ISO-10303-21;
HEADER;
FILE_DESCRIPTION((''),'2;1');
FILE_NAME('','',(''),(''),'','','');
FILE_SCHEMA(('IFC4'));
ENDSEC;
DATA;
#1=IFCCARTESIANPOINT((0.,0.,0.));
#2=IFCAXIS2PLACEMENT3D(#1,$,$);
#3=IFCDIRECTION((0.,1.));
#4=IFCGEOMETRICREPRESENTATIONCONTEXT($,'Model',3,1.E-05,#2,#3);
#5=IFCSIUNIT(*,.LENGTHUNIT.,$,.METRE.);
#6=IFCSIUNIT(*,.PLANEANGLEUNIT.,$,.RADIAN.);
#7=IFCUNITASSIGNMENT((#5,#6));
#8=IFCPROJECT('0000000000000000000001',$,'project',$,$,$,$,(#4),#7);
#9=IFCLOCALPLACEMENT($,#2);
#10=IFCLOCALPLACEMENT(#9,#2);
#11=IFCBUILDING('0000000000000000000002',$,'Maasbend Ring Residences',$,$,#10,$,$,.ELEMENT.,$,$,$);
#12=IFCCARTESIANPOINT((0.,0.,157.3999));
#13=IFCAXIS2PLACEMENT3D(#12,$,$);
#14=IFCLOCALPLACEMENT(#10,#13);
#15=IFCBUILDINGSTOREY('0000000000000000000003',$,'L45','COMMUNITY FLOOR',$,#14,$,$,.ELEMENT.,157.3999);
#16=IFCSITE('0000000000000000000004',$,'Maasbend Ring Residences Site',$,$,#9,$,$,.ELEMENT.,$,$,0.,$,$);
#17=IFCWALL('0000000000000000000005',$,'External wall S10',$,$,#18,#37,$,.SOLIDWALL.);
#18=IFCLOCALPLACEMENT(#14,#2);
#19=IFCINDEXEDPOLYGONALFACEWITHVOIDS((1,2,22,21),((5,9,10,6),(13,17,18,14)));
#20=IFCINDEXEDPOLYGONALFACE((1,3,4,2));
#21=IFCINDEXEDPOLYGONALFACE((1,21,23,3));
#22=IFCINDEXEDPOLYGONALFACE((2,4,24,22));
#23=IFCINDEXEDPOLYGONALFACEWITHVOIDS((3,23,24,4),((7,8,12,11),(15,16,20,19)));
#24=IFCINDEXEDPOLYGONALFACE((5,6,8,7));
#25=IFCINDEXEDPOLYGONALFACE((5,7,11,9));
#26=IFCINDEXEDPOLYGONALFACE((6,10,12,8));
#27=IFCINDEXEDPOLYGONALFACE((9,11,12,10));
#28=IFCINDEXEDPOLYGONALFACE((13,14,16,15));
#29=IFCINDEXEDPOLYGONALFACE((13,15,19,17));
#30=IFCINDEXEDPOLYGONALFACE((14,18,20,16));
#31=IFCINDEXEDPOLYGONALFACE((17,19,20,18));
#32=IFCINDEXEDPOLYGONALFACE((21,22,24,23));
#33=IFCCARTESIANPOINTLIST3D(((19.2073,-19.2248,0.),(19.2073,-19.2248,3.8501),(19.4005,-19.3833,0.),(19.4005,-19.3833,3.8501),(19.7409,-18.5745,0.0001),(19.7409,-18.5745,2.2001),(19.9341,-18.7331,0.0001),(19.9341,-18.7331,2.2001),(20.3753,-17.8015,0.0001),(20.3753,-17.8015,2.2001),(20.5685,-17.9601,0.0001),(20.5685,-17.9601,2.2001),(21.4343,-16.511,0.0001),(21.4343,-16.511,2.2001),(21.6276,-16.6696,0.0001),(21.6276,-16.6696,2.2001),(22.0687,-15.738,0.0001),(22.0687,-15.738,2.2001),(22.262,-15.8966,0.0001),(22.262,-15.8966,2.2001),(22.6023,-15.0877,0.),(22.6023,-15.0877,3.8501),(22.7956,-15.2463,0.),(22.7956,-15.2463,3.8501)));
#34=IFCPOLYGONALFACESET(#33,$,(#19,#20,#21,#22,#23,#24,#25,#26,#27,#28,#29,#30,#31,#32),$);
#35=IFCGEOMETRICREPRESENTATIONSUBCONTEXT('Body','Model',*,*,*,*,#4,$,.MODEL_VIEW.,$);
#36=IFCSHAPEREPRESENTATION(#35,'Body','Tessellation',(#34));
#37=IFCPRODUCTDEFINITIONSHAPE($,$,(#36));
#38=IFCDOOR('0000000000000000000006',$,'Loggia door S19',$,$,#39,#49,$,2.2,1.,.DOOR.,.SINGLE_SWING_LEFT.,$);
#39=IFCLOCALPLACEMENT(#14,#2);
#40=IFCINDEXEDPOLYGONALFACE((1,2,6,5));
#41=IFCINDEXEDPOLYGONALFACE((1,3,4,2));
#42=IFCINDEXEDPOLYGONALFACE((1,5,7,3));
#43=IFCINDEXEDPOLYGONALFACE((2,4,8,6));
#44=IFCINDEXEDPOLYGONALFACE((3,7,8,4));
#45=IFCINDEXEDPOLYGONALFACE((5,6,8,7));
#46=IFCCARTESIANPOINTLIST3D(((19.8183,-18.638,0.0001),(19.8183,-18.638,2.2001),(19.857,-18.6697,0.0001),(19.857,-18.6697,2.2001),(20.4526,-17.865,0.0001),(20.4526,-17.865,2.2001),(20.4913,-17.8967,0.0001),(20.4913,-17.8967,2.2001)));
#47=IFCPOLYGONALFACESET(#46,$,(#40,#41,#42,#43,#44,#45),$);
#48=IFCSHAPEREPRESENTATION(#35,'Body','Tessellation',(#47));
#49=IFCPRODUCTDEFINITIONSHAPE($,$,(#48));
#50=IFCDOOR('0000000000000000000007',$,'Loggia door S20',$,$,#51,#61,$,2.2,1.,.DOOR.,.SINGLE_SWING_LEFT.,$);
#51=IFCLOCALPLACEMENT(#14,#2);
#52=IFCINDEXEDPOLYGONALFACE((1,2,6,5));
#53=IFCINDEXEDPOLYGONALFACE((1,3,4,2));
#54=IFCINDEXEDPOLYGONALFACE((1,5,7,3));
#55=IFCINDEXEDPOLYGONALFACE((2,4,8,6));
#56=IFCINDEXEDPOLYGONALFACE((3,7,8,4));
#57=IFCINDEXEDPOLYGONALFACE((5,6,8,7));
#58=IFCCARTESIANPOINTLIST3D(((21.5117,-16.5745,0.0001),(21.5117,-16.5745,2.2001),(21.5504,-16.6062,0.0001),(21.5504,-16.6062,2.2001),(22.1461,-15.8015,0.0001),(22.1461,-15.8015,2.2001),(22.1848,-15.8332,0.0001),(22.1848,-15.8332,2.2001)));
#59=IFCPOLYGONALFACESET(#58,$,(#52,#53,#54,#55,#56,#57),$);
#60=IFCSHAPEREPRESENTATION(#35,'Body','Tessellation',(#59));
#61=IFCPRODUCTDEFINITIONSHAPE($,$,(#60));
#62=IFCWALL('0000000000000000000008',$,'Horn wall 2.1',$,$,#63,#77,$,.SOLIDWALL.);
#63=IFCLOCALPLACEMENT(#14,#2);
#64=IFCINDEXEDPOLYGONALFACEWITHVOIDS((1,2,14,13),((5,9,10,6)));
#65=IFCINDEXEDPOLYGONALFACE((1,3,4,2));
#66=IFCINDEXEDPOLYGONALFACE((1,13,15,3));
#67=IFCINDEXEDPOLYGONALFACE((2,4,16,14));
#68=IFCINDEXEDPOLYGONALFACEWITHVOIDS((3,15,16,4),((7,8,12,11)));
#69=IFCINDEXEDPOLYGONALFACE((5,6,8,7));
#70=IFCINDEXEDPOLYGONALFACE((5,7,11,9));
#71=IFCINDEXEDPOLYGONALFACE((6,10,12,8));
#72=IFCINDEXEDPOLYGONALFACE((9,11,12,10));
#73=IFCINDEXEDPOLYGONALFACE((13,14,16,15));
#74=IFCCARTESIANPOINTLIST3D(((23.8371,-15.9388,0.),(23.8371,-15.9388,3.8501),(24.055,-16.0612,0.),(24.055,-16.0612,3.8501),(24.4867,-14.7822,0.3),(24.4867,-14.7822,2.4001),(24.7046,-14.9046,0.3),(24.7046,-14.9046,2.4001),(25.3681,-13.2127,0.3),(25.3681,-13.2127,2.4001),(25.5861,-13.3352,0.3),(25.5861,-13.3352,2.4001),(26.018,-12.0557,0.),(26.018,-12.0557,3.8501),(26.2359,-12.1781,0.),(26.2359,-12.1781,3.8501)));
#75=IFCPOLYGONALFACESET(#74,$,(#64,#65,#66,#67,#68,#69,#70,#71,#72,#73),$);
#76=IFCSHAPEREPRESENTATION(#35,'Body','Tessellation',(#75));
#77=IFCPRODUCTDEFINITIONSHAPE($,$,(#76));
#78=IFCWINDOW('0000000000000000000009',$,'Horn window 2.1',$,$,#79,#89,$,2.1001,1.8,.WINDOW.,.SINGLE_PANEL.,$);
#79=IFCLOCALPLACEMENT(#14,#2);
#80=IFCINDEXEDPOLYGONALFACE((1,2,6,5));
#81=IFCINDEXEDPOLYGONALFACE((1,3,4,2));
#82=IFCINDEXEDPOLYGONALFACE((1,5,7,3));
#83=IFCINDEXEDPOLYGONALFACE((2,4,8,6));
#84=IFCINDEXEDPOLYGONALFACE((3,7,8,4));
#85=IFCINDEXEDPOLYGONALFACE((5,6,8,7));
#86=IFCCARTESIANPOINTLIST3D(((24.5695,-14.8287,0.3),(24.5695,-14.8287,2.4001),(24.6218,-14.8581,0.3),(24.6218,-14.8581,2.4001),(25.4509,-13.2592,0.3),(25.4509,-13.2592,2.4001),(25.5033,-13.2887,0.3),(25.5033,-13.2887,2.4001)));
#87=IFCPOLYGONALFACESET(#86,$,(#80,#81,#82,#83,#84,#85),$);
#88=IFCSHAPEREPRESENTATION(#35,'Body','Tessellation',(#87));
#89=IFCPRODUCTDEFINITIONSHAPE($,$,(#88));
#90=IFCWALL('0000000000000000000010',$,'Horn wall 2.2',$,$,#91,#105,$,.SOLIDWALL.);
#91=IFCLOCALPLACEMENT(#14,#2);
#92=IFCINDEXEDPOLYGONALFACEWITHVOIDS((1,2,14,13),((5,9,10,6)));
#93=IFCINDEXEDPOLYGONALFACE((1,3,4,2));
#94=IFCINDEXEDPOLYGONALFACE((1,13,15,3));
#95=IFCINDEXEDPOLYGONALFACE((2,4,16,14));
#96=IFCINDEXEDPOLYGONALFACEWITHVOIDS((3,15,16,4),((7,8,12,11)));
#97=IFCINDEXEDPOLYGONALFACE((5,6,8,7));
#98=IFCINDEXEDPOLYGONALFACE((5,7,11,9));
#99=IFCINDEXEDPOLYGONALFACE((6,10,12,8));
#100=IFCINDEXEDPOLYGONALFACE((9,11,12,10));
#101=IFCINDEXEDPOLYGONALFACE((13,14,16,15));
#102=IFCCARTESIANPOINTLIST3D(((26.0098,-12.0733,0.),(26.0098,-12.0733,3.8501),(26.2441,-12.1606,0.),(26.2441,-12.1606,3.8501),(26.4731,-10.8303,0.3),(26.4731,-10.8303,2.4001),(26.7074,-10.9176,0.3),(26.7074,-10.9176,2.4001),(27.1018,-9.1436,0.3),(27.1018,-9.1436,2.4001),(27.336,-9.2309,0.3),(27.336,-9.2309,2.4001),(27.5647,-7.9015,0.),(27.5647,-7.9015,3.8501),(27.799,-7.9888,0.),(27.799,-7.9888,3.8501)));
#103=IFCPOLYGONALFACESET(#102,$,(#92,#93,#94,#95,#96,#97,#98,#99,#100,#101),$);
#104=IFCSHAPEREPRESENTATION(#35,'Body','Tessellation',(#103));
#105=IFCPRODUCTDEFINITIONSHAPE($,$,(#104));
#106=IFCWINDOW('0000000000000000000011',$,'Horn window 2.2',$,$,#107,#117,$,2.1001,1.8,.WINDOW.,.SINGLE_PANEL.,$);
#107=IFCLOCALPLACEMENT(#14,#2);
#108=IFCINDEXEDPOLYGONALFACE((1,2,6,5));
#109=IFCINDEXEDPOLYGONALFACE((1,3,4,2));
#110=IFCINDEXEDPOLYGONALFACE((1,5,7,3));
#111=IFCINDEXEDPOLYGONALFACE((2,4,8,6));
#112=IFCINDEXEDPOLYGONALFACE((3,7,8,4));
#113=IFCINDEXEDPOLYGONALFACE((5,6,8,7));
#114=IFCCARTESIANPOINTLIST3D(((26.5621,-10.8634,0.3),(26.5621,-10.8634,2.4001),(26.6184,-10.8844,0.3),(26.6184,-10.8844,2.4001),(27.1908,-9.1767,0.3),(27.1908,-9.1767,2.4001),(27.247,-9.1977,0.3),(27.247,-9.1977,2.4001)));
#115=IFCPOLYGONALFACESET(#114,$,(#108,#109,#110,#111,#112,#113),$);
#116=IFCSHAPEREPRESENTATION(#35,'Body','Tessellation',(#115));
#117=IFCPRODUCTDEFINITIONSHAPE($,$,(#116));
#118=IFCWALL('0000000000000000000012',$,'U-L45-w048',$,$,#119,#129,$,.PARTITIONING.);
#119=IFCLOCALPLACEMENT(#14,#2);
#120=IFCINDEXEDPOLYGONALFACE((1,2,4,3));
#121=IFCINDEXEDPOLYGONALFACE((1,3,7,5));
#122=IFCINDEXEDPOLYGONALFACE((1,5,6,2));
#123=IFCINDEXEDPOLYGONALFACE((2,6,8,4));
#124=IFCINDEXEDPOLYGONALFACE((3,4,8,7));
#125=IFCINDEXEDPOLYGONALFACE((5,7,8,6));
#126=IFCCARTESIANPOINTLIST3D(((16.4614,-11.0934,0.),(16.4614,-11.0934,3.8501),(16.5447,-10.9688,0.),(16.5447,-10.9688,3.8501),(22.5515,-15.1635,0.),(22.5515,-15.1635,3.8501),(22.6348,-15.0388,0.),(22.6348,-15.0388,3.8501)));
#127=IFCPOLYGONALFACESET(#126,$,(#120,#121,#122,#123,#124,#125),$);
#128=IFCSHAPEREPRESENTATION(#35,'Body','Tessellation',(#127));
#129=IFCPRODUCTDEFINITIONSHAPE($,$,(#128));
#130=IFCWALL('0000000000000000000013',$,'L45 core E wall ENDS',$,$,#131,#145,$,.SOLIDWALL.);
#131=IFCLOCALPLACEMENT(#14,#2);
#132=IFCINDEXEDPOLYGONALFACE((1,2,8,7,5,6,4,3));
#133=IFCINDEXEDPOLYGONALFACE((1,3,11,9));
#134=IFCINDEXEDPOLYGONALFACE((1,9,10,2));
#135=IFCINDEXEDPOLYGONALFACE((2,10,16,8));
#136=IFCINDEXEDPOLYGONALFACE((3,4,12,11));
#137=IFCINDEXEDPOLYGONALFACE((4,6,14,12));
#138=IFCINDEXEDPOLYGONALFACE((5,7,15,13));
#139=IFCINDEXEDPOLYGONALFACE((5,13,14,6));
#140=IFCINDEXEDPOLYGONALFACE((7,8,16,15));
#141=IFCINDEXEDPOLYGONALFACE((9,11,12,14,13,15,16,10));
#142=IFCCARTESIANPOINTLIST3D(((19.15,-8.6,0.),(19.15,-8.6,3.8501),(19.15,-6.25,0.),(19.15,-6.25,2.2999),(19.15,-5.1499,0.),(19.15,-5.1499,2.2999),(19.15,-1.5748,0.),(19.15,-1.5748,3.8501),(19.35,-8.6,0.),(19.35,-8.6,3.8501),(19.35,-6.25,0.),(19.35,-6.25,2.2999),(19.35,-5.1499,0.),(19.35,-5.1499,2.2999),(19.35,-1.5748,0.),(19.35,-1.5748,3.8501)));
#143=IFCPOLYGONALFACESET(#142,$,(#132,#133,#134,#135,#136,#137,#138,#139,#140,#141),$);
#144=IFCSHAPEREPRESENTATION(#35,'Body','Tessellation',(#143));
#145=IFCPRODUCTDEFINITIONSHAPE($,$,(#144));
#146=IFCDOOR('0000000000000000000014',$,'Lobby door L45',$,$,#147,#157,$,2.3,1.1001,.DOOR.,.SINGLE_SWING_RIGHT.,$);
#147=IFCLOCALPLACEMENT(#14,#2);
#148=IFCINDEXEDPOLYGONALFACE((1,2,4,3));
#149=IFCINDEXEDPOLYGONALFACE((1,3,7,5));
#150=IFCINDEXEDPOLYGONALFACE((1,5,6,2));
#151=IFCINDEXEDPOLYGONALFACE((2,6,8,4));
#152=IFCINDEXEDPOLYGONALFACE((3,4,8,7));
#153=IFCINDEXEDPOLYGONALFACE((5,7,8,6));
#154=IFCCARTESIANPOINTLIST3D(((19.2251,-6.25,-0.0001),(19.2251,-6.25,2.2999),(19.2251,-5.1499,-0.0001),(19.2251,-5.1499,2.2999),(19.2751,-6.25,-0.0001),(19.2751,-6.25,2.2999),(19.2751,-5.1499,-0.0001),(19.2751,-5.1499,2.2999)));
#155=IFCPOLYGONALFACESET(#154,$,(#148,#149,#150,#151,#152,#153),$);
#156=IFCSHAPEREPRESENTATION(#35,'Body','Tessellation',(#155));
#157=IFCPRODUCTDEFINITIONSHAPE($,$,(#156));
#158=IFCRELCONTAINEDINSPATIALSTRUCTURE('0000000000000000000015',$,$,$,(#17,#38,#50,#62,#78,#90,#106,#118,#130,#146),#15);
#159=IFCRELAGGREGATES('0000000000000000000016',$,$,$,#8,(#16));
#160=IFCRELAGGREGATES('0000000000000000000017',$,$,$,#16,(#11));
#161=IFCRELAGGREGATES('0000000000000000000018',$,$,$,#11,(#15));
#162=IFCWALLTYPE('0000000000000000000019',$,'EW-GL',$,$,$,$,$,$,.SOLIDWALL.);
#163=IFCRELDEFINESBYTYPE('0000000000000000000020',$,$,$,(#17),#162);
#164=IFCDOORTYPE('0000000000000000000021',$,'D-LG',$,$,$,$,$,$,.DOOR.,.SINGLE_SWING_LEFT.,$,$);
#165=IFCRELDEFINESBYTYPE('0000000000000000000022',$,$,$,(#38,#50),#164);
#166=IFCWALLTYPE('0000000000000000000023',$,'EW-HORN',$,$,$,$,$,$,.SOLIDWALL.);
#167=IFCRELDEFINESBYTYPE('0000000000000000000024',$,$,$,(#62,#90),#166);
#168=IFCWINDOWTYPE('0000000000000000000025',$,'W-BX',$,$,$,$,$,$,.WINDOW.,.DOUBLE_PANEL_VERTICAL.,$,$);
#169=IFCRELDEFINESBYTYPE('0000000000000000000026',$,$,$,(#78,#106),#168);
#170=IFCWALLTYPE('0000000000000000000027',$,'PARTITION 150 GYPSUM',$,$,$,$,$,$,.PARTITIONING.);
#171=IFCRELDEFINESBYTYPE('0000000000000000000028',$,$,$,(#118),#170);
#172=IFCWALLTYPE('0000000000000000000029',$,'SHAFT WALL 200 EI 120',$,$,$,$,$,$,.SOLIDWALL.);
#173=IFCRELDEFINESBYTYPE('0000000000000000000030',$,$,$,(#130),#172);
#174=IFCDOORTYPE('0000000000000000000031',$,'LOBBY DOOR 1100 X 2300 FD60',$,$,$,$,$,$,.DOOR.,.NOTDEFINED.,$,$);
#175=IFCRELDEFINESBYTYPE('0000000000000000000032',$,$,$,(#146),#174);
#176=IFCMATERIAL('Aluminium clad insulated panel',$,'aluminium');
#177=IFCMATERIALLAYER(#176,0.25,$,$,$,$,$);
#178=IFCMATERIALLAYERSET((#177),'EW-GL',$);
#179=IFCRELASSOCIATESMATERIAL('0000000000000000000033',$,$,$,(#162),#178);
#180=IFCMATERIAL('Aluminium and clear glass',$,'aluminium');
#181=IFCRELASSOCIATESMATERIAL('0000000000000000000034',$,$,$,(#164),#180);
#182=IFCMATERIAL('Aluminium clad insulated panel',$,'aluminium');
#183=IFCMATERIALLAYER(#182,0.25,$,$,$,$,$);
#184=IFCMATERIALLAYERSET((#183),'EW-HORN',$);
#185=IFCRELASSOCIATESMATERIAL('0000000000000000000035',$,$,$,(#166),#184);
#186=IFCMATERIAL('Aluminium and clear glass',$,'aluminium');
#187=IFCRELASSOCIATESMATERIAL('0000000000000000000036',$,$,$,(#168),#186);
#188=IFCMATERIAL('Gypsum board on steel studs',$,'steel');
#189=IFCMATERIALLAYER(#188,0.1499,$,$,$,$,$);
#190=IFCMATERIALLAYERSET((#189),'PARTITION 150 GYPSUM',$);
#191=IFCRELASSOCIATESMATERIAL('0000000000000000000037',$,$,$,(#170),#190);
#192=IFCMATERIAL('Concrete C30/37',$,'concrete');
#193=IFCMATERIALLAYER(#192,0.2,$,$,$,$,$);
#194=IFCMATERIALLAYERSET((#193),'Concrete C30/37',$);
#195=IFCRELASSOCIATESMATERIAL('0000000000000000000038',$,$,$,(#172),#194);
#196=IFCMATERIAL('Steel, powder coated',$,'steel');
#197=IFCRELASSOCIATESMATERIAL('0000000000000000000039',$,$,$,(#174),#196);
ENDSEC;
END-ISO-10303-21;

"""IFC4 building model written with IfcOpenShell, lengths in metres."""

from ifc_helpers import new_model, si_unit, direction, frame, frame_2d, origin, place, context, subcontext, project, spatial, rectangle, extrude, material, layer, layer_set, type_object, element, fill, save


model = new_model("IFC4")

# Units and contexts
model_context = context("Model", 3, precision=1e-05, world=origin(), true_north=direction((0.0, 1.0)))
body_context = subcontext(model_context, "Body", "Model", "MODEL_VIEW")
ifc_project = project(units=[si_unit("LENGTHUNIT", "METRE"), si_unit("PLANEANGLEUNIT", "RADIAN")], contexts=[model_context])

# Site, building, storey
site_placement = place(None, origin())
site = spatial("IfcSite", under=ifc_project, at=site_placement, Name="Maasbend Ring Residences Site", CompositionType="ELEMENT", RefElevation=0.0)
building_placement = place(site_placement, origin())
building = spatial("IfcBuilding", under=site, at=building_placement, Name="Maasbend Ring Residences", CompositionType="ELEMENT")
storey_placement = place(building_placement, frame((0.0, 0.0, 157.3999)))
storey = spatial("IfcBuildingStorey", under=building, at=storey_placement, Name="L45", Description="COMMUNITY FLOOR", CompositionType="ELEMENT", Elevation=157.3999)

# Wall, openings, doors
ifc_material_1 = material(Name="Aluminium clad insulated panel", Category="aluminium")
ifc_layer_1 = layer(ifc_material_1, 0.25)
ifc_layer_set_1 = layer_set([ifc_layer_1], Name="EW-GL")
wall_type_1 = type_object("IfcWallType", Name="EW-GL", PredefinedType="SOLIDWALL", material=ifc_layer_set_1)
ifc_material_2 = material(Name="Aluminium and clear glass", Category="aluminium")
door_type_1 = type_object("IfcDoorType", Name="D-LG", OperationType="SINGLE_SWING_LEFT", PredefinedType="DOOR", material=ifc_material_2)
wall_1_placement = place(storey_placement, frame((19.304, -19.304, 0.0), z_axis=(0.0, 0.0, 1.0), x_axis=(0.634382, 0.773019, 0.0)))
wall_1 = element("IfcWall", 1, at=wall_1_placement, inside=storey, type_object=wall_type_1, Name="External wall S10", PredefinedType="SOLIDWALL", context=body_context, shape_type="SweptSolid", body=[
    extrude(rectangle(XDim=5.3518, YDim=0.25, at=frame_2d((2.6758, 0.0))), origin(), (0.0, 0.0, 1.0), 3.8501),
])
opening_1_placement = place(wall_1_placement, frame((0.8411, 0.0, 0.0)))
opening_1 = element("IfcOpeningElement", 2, at=opening_1_placement, cuts=wall_1, PredefinedType="OPENING", context=body_context, shape_type="SweptSolid", body=[
    extrude(rectangle(XDim=1.0, YDim=2.2, at=frame_2d((0.5, 1.1001))), frame((0.0, 0.135, 0.0), z_axis=(0.0, -1.0, 0.0), x_axis=(1.0, 0.0, 0.0)), (0.0, 0.0, 1.0), 0.27),
])
opening_2_placement = place(wall_1_placement, frame((3.5105, 0.0, 0.0)))
opening_2 = element("IfcOpeningElement", 3, at=opening_2_placement, cuts=wall_1, PredefinedType="OPENING", context=body_context, shape_type="SweptSolid", body=[
    extrude(rectangle(XDim=1.0, YDim=2.2, at=frame_2d((0.5, 1.1001))), frame((0.0, 0.135, 0.0), z_axis=(0.0, -1.0, 0.0), x_axis=(1.0, 0.0, 0.0)), (0.0, 0.0, 1.0), 0.27),
])
door_1_placement = place(opening_1_placement, origin())
door_1 = element("IfcDoor", 4, at=door_1_placement, inside=storey, type_object=door_type_1, Name="Loggia door S19", OperationType="SINGLE_SWING_LEFT", OverallHeight=2.2, OverallWidth=1.0, PredefinedType="DOOR", context=body_context, shape_type="SweptSolid", body=[
    extrude(rectangle(XDim=1.0, YDim=2.2, at=frame_2d((0.5, 1.1001))), frame((0.0, 0.0249, 0.0), z_axis=(0.0, -1.0, 0.0), x_axis=(1.0, 0.0, 0.0)), (0.0, 0.0, 1.0), 0.05),
])
fill(opening_1, door_1)
door_2_placement = place(opening_2_placement, origin())
door_2 = element("IfcDoor", 5, at=door_2_placement, inside=storey, type_object=door_type_1, Name="Loggia door S20", OperationType="SINGLE_SWING_LEFT", OverallHeight=2.2, OverallWidth=1.0, PredefinedType="DOOR", context=body_context, shape_type="SweptSolid", body=[
    extrude(rectangle(XDim=1.0, YDim=2.2, at=frame_2d((0.5, 1.1001))), frame((0.0, 0.0249, 0.0), z_axis=(0.0, -1.0, 0.0), x_axis=(1.0, 0.0, 0.0)), (0.0, 0.0, 1.0), 0.05),
])
fill(opening_2, door_2)

# Walls, openings, windows
ifc_material_3 = material(Name="Aluminium clad insulated panel", Category="aluminium")
ifc_layer_2 = layer(ifc_material_3, 0.25)
ifc_layer_set_2 = layer_set([ifc_layer_2], Name="EW-HORN")
wall_type_2 = type_object("IfcWallType", Name="EW-HORN", PredefinedType="SOLIDWALL", material=ifc_layer_set_2)
wall_2_placement = place(storey_placement, frame((23.946, -16.0, 0.0), z_axis=(0.0, 0.0, 1.0), x_axis=(0.489696, 0.871893, 0.0)))
wall_2 = element("IfcWall", 6, at=wall_2_placement, inside=storey, type_object=wall_type_2, Name="Horn wall 2.1", PredefinedType="SOLIDWALL", context=body_context, shape_type="SweptSolid", body=[
    extrude(rectangle(XDim=4.4536, YDim=0.25, at=frame_2d((2.2268, 0.0))), origin(), (0.0, 0.0, 1.0), 3.8501),
])
opening_3_placement = place(wall_2_placement, frame((1.3267, 0.0, 0.3)))
opening_3 = element("IfcOpeningElement", 7, at=opening_3_placement, cuts=wall_2, PredefinedType="OPENING", context=body_context, shape_type="SweptSolid", body=[
    extrude(rectangle(XDim=1.8, YDim=2.1001, at=frame_2d((0.8999, 1.05))), frame((0.0, 0.135, 0.0), z_axis=(0.0, -1.0, 0.0), x_axis=(1.0, 0.0, 0.0)), (0.0, 0.0, 1.0), 0.27),
])
ifc_material_4 = material(Name="Aluminium and clear glass", Category="aluminium")
window_type = type_object("IfcWindowType", Name="W-BX", PartitioningType="DOUBLE_PANEL_VERTICAL", PredefinedType="WINDOW", material=ifc_material_4)
window_1_placement = place(opening_3_placement, origin())
window_1 = element("IfcWindow", 8, at=window_1_placement, inside=storey, type_object=window_type, Name="Horn window 2.1", OverallHeight=2.1001, OverallWidth=1.8, PartitioningType="SINGLE_PANEL", PredefinedType="WINDOW", context=body_context, shape_type="SweptSolid", body=[
    extrude(rectangle(XDim=1.8, YDim=2.1001, at=frame_2d((0.8999, 1.05))), frame((0.0, 0.03, 0.0), z_axis=(0.0, -1.0, 0.0), x_axis=(1.0, 0.0, 0.0)), (0.0, 0.0, 1.0), 0.0601),
])
fill(opening_3, window_1)
wall_3_placement = place(storey_placement, frame((26.127, -12.1169, 0.0), z_axis=(0.0, 0.0, 1.0), x_axis=(0.349248, 0.93703, 0.0)))
wall_3 = element("IfcWall", 9, at=wall_3_placement, inside=storey, type_object=wall_type_2, Name="Horn wall 2.2", PredefinedType="SOLIDWALL", context=body_context, shape_type="SweptSolid", body=[
    extrude(rectangle(XDim=4.4521, YDim=0.25, at=frame_2d((2.2261, 0.0))), origin(), (0.0, 0.0, 1.0), 3.8501),
])
opening_4_placement = place(wall_3_placement, frame((1.3267, 0.0, 0.3)))
opening_4 = element("IfcOpeningElement", 10, at=opening_4_placement, cuts=wall_3, PredefinedType="OPENING", context=body_context, shape_type="SweptSolid", body=[
    extrude(rectangle(XDim=1.8, YDim=2.1001, at=frame_2d((0.8999, 1.05))), frame((0.0, 0.135, 0.0), z_axis=(0.0, -1.0, 0.0), x_axis=(1.0, 0.0, 0.0)), (0.0, 0.0, 1.0), 0.27),
])
window_2_placement = place(opening_4_placement, origin())
window_2 = element("IfcWindow", 11, at=window_2_placement, inside=storey, type_object=window_type, Name="Horn window 2.2", OverallHeight=2.1001, OverallWidth=1.8, PartitioningType="SINGLE_PANEL", PredefinedType="WINDOW", context=body_context, shape_type="SweptSolid", body=[
    extrude(rectangle(XDim=1.8, YDim=2.1001, at=frame_2d((0.8999, 1.05))), frame((0.0, 0.03, 0.0), z_axis=(0.0, -1.0, 0.0), x_axis=(1.0, 0.0, 0.0)), (0.0, 0.0, 1.0), 0.0601),
])
fill(opening_4, window_2)

# Wall
ifc_material_5 = material(Name="Gypsum board on steel studs", Category="steel")
ifc_layer_3 = layer(ifc_material_5, 0.1499)
ifc_layer_set_3 = layer_set([ifc_layer_3], Name="PARTITION 150 GYPSUM")
wall_type_3 = type_object("IfcWallType", Name="PARTITION 150 GYPSUM", PredefinedType="PARTITIONING", material=ifc_layer_set_3)
wall_4_placement = place(storey_placement, frame((16.5029, -11.031, 0.0), z_axis=(0.0, 0.0, 1.0), x_axis=(0.831419, -0.555646, 0.0)))
element("IfcWall", 12, at=wall_4_placement, inside=storey, type_object=wall_type_3, Name="U-L45-w048", PredefinedType="PARTITIONING", context=body_context, shape_type="SweptSolid", body=[
    extrude(rectangle(XDim=7.325, YDim=0.1499, at=frame_2d((3.6626, 0.0))), origin(), (0.0, 0.0, 1.0), 3.8501),
])

# Wall, opening, door
ifc_material_6 = material(Name="Concrete C30/37", Category="concrete")
ifc_layer_4 = layer(ifc_material_6, 0.2)
ifc_layer_set_4 = layer_set([ifc_layer_4], Name="Concrete C30/37")
wall_type_4 = type_object("IfcWallType", Name="SHAFT WALL 200 EI 120", PredefinedType="SOLIDWALL", material=ifc_layer_set_4)
wall_5_placement = place(storey_placement, frame((19.25, -8.6001, 0.0), z_axis=(0.0, 0.0, 1.0), x_axis=(0.0, 1.0, 0.0)))
wall_5 = element("IfcWall", 13, at=wall_5_placement, inside=storey, type_object=wall_type_4, Name="L45 core E wall ENDS", PredefinedType="SOLIDWALL", context=body_context, shape_type="SweptSolid", body=[
    extrude(rectangle(XDim=7.0251, YDim=0.2, at=frame_2d((3.5127, 0.0))), origin(), (0.0, 0.0, 1.0), 3.8501),
])
opening_5_placement = place(wall_5_placement, frame((2.3501, 0.0, 0.0)))
opening_5 = element("IfcOpeningElement", 14, at=opening_5_placement, cuts=wall_5, PredefinedType="OPENING", context=body_context, shape_type="SweptSolid", body=[
    extrude(rectangle(XDim=1.1001, YDim=2.3, at=frame_2d((0.55, 1.1499))), frame((0.0, 0.1099, 0.0), z_axis=(0.0, -1.0, 0.0), x_axis=(1.0, 0.0, 0.0)), (0.0, 0.0, 1.0), 0.22),
])
ifc_material_7 = material(Name="Steel, powder coated", Category="steel")
door_type_2 = type_object("IfcDoorType", Name="LOBBY DOOR 1100 X 2300 FD60", OperationType="NOTDEFINED", PredefinedType="DOOR", material=ifc_material_7)
door_3_placement = place(opening_5_placement, origin())
door_3 = element("IfcDoor", 15, at=door_3_placement, inside=storey, type_object=door_type_2, Name="Lobby door L45", OperationType="SINGLE_SWING_RIGHT", OverallHeight=2.3, OverallWidth=1.1001, PredefinedType="DOOR", context=body_context, shape_type="SweptSolid", body=[
    extrude(rectangle(XDim=1.1001, YDim=2.3, at=frame_2d((0.55, 1.1499))), frame((0.0, 0.0249, 0.0), z_axis=(0.0, -1.0, 0.0), x_axis=(1.0, 0.0, 0.0)), (0.0, 0.0, 1.0), 0.05),
])
fill(opening_5, door_3)

save(model, "model.ifc")
